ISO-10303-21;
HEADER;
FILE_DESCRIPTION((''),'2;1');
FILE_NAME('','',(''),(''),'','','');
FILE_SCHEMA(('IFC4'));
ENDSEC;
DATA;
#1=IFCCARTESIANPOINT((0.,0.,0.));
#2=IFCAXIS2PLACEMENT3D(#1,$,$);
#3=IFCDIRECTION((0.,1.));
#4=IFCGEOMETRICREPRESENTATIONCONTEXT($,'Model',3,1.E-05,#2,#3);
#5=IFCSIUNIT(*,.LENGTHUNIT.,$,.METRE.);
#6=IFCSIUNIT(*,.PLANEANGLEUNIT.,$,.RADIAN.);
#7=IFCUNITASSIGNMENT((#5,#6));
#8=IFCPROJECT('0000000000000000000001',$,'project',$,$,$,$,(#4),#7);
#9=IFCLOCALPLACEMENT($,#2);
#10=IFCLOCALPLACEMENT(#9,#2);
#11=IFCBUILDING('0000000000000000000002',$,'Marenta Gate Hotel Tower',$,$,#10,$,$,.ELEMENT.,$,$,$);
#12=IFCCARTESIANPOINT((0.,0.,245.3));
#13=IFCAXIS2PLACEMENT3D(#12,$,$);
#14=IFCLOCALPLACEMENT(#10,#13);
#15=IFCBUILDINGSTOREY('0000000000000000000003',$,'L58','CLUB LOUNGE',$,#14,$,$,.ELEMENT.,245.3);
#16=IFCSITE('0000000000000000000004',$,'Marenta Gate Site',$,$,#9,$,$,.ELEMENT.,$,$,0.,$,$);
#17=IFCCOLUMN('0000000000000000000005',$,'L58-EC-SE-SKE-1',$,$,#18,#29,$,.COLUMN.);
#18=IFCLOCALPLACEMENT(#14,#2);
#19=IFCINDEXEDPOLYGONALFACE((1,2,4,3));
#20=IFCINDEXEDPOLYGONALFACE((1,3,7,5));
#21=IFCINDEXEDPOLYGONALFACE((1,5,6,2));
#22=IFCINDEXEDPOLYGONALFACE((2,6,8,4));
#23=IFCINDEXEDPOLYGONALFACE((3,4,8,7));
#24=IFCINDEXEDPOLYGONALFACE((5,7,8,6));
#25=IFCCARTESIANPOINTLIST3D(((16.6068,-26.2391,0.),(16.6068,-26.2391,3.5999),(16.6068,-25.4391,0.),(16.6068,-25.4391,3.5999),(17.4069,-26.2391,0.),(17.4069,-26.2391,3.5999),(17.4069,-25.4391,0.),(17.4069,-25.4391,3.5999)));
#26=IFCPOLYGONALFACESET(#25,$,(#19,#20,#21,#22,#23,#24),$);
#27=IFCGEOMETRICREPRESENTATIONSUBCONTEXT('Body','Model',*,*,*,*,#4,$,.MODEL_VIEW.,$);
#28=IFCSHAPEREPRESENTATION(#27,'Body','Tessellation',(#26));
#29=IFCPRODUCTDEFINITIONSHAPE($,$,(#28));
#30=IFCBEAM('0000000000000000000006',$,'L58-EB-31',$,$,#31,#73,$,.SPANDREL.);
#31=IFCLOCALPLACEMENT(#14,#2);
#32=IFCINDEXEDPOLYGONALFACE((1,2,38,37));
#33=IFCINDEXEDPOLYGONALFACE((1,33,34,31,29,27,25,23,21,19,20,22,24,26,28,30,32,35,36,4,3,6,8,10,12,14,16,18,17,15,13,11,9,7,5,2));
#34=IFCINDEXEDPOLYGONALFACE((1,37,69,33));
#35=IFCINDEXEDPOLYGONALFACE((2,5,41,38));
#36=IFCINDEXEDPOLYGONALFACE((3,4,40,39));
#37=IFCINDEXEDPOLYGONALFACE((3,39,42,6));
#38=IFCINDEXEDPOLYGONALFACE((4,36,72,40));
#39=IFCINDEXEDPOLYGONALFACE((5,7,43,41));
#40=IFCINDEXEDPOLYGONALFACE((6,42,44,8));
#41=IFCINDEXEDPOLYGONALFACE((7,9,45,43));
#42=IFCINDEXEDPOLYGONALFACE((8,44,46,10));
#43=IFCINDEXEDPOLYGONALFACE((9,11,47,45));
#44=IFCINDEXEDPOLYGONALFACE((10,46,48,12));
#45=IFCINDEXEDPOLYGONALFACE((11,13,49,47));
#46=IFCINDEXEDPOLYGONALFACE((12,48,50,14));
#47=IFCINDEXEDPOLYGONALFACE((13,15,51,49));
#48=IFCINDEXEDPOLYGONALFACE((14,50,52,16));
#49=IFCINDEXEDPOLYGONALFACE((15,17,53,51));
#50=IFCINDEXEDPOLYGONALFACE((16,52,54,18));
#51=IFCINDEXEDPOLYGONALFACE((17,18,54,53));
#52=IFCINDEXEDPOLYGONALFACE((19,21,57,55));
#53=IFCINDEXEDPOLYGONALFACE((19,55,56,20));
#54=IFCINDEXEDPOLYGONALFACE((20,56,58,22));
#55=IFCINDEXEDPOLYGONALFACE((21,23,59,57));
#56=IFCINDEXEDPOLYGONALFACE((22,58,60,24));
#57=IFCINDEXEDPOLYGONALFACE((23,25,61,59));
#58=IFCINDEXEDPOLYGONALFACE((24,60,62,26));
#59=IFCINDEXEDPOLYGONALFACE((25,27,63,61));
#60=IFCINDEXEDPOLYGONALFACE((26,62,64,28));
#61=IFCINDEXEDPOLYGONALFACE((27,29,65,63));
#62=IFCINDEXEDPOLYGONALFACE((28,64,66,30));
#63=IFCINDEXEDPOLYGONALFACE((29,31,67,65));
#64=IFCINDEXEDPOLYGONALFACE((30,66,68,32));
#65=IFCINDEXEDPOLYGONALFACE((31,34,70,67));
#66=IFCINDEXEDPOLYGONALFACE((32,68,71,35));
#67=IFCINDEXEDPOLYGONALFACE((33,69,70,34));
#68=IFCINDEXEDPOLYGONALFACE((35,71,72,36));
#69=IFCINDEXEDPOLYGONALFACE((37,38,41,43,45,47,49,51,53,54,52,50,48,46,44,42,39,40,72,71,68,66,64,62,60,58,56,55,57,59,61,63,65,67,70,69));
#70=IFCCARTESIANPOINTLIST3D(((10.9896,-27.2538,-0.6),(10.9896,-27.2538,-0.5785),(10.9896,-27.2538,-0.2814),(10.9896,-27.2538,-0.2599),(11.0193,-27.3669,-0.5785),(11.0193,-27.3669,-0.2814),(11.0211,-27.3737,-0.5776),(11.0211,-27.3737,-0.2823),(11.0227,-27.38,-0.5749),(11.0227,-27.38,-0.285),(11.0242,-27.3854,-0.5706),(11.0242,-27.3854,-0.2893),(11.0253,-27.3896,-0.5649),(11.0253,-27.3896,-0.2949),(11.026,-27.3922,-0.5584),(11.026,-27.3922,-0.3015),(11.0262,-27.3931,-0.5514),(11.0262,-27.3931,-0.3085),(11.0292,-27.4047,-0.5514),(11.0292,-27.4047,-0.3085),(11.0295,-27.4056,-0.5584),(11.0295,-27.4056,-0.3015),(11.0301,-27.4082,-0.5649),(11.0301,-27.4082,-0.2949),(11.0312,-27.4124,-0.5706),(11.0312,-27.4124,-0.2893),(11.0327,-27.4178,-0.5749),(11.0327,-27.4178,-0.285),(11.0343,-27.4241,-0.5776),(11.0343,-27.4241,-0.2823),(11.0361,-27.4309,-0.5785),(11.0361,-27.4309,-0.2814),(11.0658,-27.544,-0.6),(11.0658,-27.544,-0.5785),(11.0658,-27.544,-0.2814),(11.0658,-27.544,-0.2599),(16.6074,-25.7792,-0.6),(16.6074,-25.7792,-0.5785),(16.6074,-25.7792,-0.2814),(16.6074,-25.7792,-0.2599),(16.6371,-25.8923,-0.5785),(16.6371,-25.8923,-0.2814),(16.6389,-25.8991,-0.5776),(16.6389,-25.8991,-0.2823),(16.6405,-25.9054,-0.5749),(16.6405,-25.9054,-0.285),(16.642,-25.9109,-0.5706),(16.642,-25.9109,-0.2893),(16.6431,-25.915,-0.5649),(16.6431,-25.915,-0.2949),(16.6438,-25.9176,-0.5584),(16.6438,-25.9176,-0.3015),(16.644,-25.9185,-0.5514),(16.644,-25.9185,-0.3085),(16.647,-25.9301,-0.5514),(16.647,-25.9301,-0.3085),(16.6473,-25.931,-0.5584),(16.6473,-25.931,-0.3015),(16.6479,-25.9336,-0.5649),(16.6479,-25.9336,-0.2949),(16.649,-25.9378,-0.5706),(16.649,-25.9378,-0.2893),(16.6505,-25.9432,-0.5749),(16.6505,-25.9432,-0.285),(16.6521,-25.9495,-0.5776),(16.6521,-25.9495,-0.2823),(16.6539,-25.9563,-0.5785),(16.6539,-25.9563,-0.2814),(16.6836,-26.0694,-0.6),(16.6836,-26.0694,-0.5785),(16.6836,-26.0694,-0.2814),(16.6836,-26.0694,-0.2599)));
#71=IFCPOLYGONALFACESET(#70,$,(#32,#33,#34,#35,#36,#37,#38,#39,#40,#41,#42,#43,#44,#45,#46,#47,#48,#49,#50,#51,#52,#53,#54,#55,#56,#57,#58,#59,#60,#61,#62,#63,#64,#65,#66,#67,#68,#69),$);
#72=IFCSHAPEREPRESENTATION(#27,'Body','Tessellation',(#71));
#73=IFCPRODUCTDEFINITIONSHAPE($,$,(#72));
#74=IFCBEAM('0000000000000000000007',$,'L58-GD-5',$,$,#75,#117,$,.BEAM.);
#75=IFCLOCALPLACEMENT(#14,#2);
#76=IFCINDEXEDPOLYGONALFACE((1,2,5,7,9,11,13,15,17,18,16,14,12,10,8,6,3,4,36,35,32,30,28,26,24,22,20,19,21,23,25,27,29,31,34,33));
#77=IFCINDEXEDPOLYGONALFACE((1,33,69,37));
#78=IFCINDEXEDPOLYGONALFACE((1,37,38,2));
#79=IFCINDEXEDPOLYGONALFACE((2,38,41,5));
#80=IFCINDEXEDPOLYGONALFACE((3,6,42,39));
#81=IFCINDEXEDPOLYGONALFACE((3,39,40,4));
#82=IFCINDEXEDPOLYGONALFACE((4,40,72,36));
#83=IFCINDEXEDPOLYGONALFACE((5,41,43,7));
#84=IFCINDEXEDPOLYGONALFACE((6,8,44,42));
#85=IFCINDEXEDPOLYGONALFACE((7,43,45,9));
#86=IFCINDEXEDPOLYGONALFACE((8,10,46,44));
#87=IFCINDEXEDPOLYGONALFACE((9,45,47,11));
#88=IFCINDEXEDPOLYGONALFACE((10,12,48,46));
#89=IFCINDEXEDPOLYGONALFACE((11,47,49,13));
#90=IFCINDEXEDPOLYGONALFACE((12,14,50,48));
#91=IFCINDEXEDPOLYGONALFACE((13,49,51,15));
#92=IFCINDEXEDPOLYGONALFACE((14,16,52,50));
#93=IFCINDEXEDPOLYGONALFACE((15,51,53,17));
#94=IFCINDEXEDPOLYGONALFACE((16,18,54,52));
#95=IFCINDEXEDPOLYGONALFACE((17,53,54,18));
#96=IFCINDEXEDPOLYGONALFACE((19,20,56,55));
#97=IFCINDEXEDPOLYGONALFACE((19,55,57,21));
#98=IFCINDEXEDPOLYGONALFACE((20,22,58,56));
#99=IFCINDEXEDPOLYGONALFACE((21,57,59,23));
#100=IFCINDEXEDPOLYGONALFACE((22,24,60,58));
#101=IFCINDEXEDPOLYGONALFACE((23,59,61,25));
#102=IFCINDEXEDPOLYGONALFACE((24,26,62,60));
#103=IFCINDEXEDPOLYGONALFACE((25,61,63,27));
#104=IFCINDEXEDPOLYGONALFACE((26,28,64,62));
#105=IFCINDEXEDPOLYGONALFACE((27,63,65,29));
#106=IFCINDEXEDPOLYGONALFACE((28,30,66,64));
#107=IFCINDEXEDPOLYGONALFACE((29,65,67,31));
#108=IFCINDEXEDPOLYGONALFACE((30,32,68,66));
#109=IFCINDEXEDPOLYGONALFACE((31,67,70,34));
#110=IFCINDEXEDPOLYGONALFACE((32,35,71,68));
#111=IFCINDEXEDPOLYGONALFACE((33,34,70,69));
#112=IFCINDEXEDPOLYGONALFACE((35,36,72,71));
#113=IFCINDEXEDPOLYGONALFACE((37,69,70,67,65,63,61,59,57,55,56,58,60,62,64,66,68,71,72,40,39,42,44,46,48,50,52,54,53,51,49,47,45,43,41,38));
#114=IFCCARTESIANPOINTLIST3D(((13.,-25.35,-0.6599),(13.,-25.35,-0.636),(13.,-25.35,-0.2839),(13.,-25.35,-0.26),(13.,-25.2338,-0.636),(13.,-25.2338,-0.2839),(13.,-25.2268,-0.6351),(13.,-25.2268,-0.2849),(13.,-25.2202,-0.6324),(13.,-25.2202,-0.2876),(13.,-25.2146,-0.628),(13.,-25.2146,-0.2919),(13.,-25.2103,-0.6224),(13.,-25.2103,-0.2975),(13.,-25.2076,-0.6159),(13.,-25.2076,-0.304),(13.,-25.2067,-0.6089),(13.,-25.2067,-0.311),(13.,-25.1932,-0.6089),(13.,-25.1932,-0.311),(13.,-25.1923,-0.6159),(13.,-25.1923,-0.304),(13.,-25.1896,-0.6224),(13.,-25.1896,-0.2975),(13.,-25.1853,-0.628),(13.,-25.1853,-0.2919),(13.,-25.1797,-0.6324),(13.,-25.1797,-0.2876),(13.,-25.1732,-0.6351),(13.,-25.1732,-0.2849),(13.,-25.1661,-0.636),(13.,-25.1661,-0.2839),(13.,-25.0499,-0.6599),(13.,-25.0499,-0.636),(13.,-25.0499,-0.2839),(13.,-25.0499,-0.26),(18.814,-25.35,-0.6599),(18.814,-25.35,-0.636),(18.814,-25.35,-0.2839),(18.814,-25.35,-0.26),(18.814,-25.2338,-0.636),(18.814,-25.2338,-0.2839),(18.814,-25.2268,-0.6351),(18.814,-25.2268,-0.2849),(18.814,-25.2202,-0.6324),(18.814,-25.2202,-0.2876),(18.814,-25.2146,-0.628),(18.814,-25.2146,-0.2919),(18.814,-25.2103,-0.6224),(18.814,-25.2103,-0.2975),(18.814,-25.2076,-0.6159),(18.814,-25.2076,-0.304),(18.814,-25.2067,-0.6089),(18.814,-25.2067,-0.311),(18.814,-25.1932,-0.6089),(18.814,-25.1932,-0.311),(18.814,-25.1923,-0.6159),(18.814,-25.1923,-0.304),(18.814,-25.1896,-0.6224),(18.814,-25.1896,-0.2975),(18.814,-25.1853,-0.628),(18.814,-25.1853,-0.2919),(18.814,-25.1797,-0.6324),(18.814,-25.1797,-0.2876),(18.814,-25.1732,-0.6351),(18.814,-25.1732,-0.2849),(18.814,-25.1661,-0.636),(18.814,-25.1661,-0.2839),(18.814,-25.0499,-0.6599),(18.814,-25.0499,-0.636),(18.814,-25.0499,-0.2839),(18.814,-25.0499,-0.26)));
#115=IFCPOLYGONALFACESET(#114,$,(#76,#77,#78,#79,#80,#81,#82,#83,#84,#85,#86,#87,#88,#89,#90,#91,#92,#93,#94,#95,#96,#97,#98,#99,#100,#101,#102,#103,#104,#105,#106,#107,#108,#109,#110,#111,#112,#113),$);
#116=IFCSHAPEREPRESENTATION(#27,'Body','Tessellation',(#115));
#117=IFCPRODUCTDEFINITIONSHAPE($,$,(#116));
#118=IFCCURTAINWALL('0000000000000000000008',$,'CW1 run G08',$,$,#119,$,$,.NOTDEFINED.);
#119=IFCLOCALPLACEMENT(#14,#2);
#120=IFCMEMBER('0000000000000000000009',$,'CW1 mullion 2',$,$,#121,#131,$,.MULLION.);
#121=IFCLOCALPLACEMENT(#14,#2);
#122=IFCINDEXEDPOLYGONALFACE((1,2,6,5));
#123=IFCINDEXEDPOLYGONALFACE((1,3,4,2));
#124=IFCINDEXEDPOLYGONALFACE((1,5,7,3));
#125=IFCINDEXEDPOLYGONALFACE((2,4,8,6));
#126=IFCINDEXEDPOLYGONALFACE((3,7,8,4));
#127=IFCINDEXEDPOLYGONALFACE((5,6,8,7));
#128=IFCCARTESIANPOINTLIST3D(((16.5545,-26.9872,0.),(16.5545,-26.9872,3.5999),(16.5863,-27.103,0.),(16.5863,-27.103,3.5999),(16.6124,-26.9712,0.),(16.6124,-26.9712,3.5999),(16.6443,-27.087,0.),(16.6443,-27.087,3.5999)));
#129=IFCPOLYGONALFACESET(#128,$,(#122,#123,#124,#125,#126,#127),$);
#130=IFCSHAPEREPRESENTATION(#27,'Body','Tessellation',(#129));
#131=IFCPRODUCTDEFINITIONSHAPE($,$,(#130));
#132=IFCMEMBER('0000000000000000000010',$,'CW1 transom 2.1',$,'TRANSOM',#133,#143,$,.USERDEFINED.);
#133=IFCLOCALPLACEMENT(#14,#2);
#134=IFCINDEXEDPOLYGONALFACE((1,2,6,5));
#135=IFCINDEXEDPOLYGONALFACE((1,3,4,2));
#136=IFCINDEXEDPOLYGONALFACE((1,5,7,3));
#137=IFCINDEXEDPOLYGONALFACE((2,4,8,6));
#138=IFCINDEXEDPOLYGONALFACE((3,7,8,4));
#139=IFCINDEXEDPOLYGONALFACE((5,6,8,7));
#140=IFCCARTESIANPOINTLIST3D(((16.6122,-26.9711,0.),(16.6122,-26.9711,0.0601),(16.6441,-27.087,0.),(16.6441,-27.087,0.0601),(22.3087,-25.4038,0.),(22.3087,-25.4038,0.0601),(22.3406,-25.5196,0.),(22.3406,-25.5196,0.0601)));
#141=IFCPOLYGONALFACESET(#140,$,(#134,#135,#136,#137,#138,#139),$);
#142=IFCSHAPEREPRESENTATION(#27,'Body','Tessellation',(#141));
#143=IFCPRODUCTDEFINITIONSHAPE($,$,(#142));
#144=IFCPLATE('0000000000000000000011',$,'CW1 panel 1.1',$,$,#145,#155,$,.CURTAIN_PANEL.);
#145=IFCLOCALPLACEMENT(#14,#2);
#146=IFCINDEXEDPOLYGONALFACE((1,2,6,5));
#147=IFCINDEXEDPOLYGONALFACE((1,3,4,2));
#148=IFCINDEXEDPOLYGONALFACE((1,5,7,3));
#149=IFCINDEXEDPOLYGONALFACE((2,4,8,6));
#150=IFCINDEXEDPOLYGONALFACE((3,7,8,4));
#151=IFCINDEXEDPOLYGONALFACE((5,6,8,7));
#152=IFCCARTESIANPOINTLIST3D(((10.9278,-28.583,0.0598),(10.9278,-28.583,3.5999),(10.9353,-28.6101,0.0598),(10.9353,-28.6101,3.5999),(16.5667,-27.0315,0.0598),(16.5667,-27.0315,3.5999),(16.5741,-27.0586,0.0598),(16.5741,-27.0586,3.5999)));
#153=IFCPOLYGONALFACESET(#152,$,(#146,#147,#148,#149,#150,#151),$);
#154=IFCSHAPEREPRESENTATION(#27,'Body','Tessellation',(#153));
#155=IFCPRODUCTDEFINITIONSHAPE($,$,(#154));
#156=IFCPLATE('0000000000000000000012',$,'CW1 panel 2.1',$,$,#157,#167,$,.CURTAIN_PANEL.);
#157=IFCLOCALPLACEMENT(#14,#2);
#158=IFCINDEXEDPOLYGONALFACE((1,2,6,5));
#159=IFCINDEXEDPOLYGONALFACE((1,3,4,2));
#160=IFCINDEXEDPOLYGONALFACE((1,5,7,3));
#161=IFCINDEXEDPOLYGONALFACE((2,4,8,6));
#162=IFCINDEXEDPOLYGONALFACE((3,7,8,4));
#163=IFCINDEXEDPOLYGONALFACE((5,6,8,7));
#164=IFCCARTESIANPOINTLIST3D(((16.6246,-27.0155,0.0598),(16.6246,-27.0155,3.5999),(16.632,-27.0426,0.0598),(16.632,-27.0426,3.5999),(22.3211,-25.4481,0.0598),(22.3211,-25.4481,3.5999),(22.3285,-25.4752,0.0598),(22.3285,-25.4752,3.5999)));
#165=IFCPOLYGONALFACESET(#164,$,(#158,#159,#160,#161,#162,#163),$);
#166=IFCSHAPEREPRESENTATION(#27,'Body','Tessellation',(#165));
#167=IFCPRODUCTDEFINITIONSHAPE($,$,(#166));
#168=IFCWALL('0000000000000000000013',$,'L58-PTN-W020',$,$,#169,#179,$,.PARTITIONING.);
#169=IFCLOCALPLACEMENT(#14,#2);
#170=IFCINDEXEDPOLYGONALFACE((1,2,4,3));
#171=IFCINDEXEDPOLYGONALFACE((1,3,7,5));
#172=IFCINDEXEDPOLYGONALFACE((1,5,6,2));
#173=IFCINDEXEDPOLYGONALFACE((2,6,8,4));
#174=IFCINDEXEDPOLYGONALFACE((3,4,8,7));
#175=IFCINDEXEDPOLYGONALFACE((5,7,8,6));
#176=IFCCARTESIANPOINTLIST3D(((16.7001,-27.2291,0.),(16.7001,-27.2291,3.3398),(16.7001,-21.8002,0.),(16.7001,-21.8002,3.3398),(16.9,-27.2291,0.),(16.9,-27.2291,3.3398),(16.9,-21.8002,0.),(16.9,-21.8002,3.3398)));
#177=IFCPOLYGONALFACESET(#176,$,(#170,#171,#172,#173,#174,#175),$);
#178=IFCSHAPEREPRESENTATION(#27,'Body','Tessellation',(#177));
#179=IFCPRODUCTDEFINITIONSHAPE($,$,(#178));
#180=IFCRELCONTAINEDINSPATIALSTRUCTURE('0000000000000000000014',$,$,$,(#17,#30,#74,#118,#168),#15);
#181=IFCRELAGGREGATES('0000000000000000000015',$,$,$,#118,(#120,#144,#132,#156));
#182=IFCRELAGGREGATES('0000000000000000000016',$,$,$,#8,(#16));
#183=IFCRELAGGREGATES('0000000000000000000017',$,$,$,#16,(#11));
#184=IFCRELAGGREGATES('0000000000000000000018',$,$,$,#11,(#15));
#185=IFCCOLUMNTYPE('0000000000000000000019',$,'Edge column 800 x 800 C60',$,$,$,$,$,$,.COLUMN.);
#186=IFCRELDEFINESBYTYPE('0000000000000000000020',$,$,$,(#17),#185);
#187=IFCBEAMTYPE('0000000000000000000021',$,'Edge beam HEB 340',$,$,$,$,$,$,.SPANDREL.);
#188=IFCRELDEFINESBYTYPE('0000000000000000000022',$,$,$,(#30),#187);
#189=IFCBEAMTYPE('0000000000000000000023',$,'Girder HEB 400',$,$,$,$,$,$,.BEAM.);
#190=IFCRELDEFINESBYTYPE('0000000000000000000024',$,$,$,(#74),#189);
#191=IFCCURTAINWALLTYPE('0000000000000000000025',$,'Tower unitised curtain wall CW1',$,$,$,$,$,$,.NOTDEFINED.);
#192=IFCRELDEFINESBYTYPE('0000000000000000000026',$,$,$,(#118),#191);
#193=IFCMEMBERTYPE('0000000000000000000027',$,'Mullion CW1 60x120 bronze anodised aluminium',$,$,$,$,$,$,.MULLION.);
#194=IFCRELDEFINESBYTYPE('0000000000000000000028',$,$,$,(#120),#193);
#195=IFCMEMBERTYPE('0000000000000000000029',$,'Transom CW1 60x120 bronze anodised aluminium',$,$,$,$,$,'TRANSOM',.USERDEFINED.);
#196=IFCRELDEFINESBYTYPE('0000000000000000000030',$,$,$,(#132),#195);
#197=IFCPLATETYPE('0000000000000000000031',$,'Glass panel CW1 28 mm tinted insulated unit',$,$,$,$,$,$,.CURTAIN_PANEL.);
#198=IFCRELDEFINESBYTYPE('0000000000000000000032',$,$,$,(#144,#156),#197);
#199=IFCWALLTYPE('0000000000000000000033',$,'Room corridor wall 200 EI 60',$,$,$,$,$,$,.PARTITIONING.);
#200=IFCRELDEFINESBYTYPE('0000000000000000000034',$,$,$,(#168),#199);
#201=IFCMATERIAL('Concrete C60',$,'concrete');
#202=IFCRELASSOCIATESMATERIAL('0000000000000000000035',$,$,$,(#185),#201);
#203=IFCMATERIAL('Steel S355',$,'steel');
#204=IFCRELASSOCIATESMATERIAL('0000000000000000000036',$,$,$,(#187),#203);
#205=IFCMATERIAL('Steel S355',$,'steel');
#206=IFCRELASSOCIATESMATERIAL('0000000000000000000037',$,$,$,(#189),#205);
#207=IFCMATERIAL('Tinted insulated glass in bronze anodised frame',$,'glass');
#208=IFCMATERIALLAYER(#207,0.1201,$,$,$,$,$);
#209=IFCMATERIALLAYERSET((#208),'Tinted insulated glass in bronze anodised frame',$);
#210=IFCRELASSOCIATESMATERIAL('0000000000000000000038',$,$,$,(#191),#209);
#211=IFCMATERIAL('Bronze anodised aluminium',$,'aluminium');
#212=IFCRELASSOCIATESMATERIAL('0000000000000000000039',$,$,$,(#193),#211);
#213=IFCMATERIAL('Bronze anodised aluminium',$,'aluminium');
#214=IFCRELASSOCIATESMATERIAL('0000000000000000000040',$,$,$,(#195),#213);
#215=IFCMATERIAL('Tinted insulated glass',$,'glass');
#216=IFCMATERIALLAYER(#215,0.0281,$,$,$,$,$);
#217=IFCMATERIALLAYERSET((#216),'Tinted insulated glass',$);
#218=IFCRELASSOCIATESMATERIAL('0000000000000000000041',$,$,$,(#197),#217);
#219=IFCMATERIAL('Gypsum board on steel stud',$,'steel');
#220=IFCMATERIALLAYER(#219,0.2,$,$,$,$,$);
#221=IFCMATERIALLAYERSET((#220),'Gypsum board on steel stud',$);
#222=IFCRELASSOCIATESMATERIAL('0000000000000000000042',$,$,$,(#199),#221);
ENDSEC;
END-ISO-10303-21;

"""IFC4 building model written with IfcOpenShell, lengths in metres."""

from ifc_helpers import new_model, si_unit, direction, frame, frame_2d, origin, origin_2d, place, context, subcontext, project, spatial, rectangle, i_section, extrude, material, layer, layer_set, material_profile, profile_set, type_object, element, aggregate, save


model = new_model("IFC4")

# Units and contexts
model_context = context("Model", 3, precision=1e-05, world=origin(), true_north=direction((0.0, 1.0)))
body_context = subcontext(model_context, "Body", "Model", "MODEL_VIEW")
ifc_project = project(units=[si_unit("LENGTHUNIT", "METRE"), si_unit("PLANEANGLEUNIT", "RADIAN")], contexts=[model_context])

# Site, building, storey
site_placement = place(None, origin())
site = spatial("IfcSite", under=ifc_project, at=site_placement, Name="Marenta Gate Site", CompositionType="ELEMENT", RefElevation=0.0)
building_placement = place(site_placement, origin())
building = spatial("IfcBuilding", under=site, at=building_placement, Name="Marenta Gate Hotel Tower", CompositionType="ELEMENT")
storey_placement = place(building_placement, frame((0.0, 0.0, 245.3)))
storey = spatial("IfcBuildingStorey", under=building, at=storey_placement, Name="L58", Description="CLUB LOUNGE", CompositionType="ELEMENT", Elevation=245.3)

# Column
ifc_material_1 = material(Name="Concrete C60", Category="concrete")
ifc_material_profile_1 = material_profile(ifc_material_1, rectangle(XDim=0.8, YDim=0.8, at=origin_2d()), Name="800 x 800")
ifc_profile_set_1 = profile_set([ifc_material_profile_1], Name="Concrete C60")
column_type = type_object("IfcColumnType", Name="Edge column 800 x 800 C60", PredefinedType="COLUMN", material=ifc_profile_set_1)
column_placement = place(storey_placement, frame((17.0068, -25.8391, 0.0), z_axis=(0.0, 0.0, 1.0), x_axis=(1.0, 0.0, 0.0)))
element("IfcColumn", 1, at=column_placement, inside=storey, type_object=column_type, Name="L58-EC-SE-SKE-1", PredefinedType="COLUMN", context=body_context, shape_type="SweptSolid", body=[
    extrude(rectangle(XDim=0.8, YDim=0.8, at=origin_2d()), origin(), (0.0, 0.0, 1.0), 3.5999),
])

# Beams
ifc_material_2 = material(Name="Steel S355", Category="steel")
ifc_material_profile_2 = material_profile(ifc_material_2, i_section(OverallWidth=0.3, OverallDepth=0.3401, WebThickness=0.012, FlangeThickness=0.0215, FilletRadius=0.0271, at=origin_2d()), Name="HEB 340")
ifc_profile_set_2 = profile_set([ifc_material_profile_2], Name="Steel S355")
beam_type_1 = type_object("IfcBeamType", Name="Edge beam HEB 340", PredefinedType="SPANDREL", material=ifc_profile_set_2)
beam_1_placement = place(storey_placement, frame((16.6455, -25.9243, -0.4299), z_axis=(-0.967235, -0.253883, 0.0), x_axis=(0.253883, -0.967235, 0.0)))
element("IfcBeam", 2, at=beam_1_placement, inside=storey, type_object=beam_type_1, Name="L58-EB-31", PredefinedType="SPANDREL", context=body_context, shape_type="SweptSolid", body=[
    extrude(i_section(OverallWidth=0.3, OverallDepth=0.3401, WebThickness=0.012, FlangeThickness=0.0215, FilletRadius=0.0271, at=origin_2d()), origin(), (0.0, 0.0, 1.0), 5.8081),
])
ifc_material_3 = material(Name="Steel S355", Category="steel")
ifc_material_profile_3 = material_profile(ifc_material_3, i_section(OverallWidth=0.3, OverallDepth=0.3999, WebThickness=0.0134, FlangeThickness=0.0239, FilletRadius=0.0271, at=origin_2d()), Name="HEB 400")
ifc_profile_set_3 = profile_set([ifc_material_profile_3], Name="Steel S355")
beam_type_2 = type_object("IfcBeamType", Name="Girder HEB 400", PredefinedType="BEAM", material=ifc_profile_set_3)
beam_2_placement = place(storey_placement, frame((13.0, -25.2, -0.46), z_axis=(1.0, 0.0, 0.0), x_axis=(0.0, 1.0, 0.0)))
element("IfcBeam", 3, at=beam_2_placement, inside=storey, type_object=beam_type_2, Name="L58-GD-5", PredefinedType="BEAM", context=body_context, shape_type="SweptSolid", body=[
    extrude(i_section(OverallWidth=0.3, OverallDepth=0.3999, WebThickness=0.0134, FlangeThickness=0.0239, FilletRadius=0.0271, at=origin_2d()), origin(), (0.0, 0.0, 1.0), 5.814),
])

# Curtain wall, members, plates
ifc_material_4 = material(Name="Tinted insulated glass in bronze anodised frame", Category="glass")
ifc_layer_1 = layer(ifc_material_4, 0.1201)
ifc_layer_set_1 = layer_set([ifc_layer_1], Name="Tinted insulated glass in bronze anodised frame")
curtain_wall_type = type_object("IfcCurtainWallType", Name="Tower unitised curtain wall CW1", PredefinedType="NOTDEFINED", material=ifc_layer_set_1)
curtain_wall_placement = place(storey_placement, origin())
curtain_wall = element("IfcCurtainWall", 4, at=curtain_wall_placement, inside=storey, type_object=curtain_wall_type, Name="CW1 run G08", PredefinedType="NOTDEFINED")
ifc_material_5 = material(Name="Bronze anodised aluminium", Category="aluminium")
ifc_material_profile_4 = material_profile(ifc_material_5, rectangle(XDim=0.1201, YDim=0.0601, at=origin_2d()), Name="Mullion CW1 60x120 bronze anodised aluminium")
ifc_profile_set_4 = profile_set([ifc_material_profile_4], Name="Bronze anodised aluminium")
member_type_1 = type_object("IfcMemberType", Name="Mullion CW1 60x120 bronze anodised aluminium", PredefinedType="MULLION", material=ifc_profile_set_4)
member_1_placement = place(storey_placement, frame((16.5994, -27.0371, 0.0), z_axis=(0.0, 0.0, 1.0), x_axis=(-0.265293, 0.964168, 0.0)))
member_1 = element("IfcMember", 5, at=member_1_placement, type_object=member_type_1, Name="CW1 mullion 2", PredefinedType="MULLION", context=body_context, shape_type="SweptSolid", body=[
    extrude(rectangle(XDim=0.1201, YDim=0.0601, at=origin_2d()), origin(), (0.0, 0.0, 1.0), 3.5999),
])
ifc_material_6 = material(Name="Bronze anodised aluminium", Category="aluminium")
ifc_material_profile_5 = material_profile(ifc_material_6, rectangle(XDim=0.1201, YDim=0.0601, at=origin_2d()), Name="Transom CW1 60x120 bronze anodised aluminium")
ifc_profile_set_5 = profile_set([ifc_material_profile_5], Name="Bronze anodised aluminium")
member_type_2 = type_object("IfcMemberType", Name="Transom CW1 60x120 bronze anodised aluminium", ElementType="TRANSOM", PredefinedType="USERDEFINED", material=ifc_profile_set_5)
member_2_placement = place(storey_placement, frame((16.6282, -27.0291, 0.03), z_axis=(0.964169, 0.265288, 0.0), x_axis=(-0.265288, 0.964169, 0.0)))
member_2 = element("IfcMember", 6, at=member_2_placement, type_object=member_type_2, Name="CW1 transom 2.1", ObjectType="TRANSOM", PredefinedType="USERDEFINED", context=body_context, shape_type="SweptSolid", body=[
    extrude(rectangle(XDim=0.1201, YDim=0.0601, at=origin_2d()), origin(), (0.0, 0.0, 1.0), 5.9082),
])
ifc_material_7 = material(Name="Tinted insulated glass", Category="glass")
ifc_layer_2 = layer(ifc_material_7, 0.0281)
ifc_layer_set_2 = layer_set([ifc_layer_2], Name="Tinted insulated glass")
plate_type = type_object("IfcPlateType", Name="Glass panel CW1 28 mm tinted insulated unit", PredefinedType="CURTAIN_PANEL", material=ifc_layer_set_2)
plate_1_placement = place(storey_placement, frame((13.751, -27.8208, 0.0598), z_axis=(0.0, 0.0, 1.0), x_axis=(0.964168, 0.265293, 0.0)))
plate_1 = element("IfcPlate", 7, at=plate_1_placement, type_object=plate_type, Name="CW1 panel 1.1", PredefinedType="CURTAIN_PANEL", context=body_context, shape_type="SweptSolid", body=[
    extrude(rectangle(XDim=5.8484, YDim=0.0281, at=origin_2d()), origin(), (0.0, 0.0, 1.0), 3.54),
])
plate_2_placement = place(storey_placement, frame((19.4766, -26.2454, 0.0598), z_axis=(0.0, 0.0, 1.0), x_axis=(0.964168, 0.265293, 0.0)))
plate_2 = element("IfcPlate", 8, at=plate_2_placement, type_object=plate_type, Name="CW1 panel 2.1", PredefinedType="CURTAIN_PANEL", context=body_context, shape_type="SweptSolid", body=[
    extrude(rectangle(XDim=5.9082, YDim=0.0281, at=origin_2d()), origin(), (0.0, 0.0, 1.0), 3.54),
])
aggregate(curtain_wall, [member_1, plate_1, member_2, plate_2])

# Shared definitions
ifc_material_8 = material(Name="Gypsum board on steel stud", Category="steel")
ifc_layer_3 = layer(ifc_material_8, 0.2)
ifc_layer_set_3 = layer_set([ifc_layer_3], Name="Gypsum board on steel stud")
wall_type_1 = type_object("IfcWallType", Name="Room corridor wall 200 EI 60", PredefinedType="PARTITIONING", material=ifc_layer_set_3)

# Wall
wall_1_placement = place(storey_placement, frame((16.8, -27.229, 0.0), z_axis=(0.0, 0.0, 1.0), x_axis=(0.0, 1.0, 0.0)))
element("IfcWall", 9, at=wall_1_placement, inside=storey, type_object=wall_type_1, Name="L58-PTN-W020", PredefinedType="PARTITIONING", context=body_context, shape_type="SweptSolid", body=[
    extrude(rectangle(XDim=5.429, YDim=0.2, at=frame_2d((2.7144, 0.0))), origin(), (0.0, 0.0, 1.0), 3.3398),
])

save(model, "model.ifc")
